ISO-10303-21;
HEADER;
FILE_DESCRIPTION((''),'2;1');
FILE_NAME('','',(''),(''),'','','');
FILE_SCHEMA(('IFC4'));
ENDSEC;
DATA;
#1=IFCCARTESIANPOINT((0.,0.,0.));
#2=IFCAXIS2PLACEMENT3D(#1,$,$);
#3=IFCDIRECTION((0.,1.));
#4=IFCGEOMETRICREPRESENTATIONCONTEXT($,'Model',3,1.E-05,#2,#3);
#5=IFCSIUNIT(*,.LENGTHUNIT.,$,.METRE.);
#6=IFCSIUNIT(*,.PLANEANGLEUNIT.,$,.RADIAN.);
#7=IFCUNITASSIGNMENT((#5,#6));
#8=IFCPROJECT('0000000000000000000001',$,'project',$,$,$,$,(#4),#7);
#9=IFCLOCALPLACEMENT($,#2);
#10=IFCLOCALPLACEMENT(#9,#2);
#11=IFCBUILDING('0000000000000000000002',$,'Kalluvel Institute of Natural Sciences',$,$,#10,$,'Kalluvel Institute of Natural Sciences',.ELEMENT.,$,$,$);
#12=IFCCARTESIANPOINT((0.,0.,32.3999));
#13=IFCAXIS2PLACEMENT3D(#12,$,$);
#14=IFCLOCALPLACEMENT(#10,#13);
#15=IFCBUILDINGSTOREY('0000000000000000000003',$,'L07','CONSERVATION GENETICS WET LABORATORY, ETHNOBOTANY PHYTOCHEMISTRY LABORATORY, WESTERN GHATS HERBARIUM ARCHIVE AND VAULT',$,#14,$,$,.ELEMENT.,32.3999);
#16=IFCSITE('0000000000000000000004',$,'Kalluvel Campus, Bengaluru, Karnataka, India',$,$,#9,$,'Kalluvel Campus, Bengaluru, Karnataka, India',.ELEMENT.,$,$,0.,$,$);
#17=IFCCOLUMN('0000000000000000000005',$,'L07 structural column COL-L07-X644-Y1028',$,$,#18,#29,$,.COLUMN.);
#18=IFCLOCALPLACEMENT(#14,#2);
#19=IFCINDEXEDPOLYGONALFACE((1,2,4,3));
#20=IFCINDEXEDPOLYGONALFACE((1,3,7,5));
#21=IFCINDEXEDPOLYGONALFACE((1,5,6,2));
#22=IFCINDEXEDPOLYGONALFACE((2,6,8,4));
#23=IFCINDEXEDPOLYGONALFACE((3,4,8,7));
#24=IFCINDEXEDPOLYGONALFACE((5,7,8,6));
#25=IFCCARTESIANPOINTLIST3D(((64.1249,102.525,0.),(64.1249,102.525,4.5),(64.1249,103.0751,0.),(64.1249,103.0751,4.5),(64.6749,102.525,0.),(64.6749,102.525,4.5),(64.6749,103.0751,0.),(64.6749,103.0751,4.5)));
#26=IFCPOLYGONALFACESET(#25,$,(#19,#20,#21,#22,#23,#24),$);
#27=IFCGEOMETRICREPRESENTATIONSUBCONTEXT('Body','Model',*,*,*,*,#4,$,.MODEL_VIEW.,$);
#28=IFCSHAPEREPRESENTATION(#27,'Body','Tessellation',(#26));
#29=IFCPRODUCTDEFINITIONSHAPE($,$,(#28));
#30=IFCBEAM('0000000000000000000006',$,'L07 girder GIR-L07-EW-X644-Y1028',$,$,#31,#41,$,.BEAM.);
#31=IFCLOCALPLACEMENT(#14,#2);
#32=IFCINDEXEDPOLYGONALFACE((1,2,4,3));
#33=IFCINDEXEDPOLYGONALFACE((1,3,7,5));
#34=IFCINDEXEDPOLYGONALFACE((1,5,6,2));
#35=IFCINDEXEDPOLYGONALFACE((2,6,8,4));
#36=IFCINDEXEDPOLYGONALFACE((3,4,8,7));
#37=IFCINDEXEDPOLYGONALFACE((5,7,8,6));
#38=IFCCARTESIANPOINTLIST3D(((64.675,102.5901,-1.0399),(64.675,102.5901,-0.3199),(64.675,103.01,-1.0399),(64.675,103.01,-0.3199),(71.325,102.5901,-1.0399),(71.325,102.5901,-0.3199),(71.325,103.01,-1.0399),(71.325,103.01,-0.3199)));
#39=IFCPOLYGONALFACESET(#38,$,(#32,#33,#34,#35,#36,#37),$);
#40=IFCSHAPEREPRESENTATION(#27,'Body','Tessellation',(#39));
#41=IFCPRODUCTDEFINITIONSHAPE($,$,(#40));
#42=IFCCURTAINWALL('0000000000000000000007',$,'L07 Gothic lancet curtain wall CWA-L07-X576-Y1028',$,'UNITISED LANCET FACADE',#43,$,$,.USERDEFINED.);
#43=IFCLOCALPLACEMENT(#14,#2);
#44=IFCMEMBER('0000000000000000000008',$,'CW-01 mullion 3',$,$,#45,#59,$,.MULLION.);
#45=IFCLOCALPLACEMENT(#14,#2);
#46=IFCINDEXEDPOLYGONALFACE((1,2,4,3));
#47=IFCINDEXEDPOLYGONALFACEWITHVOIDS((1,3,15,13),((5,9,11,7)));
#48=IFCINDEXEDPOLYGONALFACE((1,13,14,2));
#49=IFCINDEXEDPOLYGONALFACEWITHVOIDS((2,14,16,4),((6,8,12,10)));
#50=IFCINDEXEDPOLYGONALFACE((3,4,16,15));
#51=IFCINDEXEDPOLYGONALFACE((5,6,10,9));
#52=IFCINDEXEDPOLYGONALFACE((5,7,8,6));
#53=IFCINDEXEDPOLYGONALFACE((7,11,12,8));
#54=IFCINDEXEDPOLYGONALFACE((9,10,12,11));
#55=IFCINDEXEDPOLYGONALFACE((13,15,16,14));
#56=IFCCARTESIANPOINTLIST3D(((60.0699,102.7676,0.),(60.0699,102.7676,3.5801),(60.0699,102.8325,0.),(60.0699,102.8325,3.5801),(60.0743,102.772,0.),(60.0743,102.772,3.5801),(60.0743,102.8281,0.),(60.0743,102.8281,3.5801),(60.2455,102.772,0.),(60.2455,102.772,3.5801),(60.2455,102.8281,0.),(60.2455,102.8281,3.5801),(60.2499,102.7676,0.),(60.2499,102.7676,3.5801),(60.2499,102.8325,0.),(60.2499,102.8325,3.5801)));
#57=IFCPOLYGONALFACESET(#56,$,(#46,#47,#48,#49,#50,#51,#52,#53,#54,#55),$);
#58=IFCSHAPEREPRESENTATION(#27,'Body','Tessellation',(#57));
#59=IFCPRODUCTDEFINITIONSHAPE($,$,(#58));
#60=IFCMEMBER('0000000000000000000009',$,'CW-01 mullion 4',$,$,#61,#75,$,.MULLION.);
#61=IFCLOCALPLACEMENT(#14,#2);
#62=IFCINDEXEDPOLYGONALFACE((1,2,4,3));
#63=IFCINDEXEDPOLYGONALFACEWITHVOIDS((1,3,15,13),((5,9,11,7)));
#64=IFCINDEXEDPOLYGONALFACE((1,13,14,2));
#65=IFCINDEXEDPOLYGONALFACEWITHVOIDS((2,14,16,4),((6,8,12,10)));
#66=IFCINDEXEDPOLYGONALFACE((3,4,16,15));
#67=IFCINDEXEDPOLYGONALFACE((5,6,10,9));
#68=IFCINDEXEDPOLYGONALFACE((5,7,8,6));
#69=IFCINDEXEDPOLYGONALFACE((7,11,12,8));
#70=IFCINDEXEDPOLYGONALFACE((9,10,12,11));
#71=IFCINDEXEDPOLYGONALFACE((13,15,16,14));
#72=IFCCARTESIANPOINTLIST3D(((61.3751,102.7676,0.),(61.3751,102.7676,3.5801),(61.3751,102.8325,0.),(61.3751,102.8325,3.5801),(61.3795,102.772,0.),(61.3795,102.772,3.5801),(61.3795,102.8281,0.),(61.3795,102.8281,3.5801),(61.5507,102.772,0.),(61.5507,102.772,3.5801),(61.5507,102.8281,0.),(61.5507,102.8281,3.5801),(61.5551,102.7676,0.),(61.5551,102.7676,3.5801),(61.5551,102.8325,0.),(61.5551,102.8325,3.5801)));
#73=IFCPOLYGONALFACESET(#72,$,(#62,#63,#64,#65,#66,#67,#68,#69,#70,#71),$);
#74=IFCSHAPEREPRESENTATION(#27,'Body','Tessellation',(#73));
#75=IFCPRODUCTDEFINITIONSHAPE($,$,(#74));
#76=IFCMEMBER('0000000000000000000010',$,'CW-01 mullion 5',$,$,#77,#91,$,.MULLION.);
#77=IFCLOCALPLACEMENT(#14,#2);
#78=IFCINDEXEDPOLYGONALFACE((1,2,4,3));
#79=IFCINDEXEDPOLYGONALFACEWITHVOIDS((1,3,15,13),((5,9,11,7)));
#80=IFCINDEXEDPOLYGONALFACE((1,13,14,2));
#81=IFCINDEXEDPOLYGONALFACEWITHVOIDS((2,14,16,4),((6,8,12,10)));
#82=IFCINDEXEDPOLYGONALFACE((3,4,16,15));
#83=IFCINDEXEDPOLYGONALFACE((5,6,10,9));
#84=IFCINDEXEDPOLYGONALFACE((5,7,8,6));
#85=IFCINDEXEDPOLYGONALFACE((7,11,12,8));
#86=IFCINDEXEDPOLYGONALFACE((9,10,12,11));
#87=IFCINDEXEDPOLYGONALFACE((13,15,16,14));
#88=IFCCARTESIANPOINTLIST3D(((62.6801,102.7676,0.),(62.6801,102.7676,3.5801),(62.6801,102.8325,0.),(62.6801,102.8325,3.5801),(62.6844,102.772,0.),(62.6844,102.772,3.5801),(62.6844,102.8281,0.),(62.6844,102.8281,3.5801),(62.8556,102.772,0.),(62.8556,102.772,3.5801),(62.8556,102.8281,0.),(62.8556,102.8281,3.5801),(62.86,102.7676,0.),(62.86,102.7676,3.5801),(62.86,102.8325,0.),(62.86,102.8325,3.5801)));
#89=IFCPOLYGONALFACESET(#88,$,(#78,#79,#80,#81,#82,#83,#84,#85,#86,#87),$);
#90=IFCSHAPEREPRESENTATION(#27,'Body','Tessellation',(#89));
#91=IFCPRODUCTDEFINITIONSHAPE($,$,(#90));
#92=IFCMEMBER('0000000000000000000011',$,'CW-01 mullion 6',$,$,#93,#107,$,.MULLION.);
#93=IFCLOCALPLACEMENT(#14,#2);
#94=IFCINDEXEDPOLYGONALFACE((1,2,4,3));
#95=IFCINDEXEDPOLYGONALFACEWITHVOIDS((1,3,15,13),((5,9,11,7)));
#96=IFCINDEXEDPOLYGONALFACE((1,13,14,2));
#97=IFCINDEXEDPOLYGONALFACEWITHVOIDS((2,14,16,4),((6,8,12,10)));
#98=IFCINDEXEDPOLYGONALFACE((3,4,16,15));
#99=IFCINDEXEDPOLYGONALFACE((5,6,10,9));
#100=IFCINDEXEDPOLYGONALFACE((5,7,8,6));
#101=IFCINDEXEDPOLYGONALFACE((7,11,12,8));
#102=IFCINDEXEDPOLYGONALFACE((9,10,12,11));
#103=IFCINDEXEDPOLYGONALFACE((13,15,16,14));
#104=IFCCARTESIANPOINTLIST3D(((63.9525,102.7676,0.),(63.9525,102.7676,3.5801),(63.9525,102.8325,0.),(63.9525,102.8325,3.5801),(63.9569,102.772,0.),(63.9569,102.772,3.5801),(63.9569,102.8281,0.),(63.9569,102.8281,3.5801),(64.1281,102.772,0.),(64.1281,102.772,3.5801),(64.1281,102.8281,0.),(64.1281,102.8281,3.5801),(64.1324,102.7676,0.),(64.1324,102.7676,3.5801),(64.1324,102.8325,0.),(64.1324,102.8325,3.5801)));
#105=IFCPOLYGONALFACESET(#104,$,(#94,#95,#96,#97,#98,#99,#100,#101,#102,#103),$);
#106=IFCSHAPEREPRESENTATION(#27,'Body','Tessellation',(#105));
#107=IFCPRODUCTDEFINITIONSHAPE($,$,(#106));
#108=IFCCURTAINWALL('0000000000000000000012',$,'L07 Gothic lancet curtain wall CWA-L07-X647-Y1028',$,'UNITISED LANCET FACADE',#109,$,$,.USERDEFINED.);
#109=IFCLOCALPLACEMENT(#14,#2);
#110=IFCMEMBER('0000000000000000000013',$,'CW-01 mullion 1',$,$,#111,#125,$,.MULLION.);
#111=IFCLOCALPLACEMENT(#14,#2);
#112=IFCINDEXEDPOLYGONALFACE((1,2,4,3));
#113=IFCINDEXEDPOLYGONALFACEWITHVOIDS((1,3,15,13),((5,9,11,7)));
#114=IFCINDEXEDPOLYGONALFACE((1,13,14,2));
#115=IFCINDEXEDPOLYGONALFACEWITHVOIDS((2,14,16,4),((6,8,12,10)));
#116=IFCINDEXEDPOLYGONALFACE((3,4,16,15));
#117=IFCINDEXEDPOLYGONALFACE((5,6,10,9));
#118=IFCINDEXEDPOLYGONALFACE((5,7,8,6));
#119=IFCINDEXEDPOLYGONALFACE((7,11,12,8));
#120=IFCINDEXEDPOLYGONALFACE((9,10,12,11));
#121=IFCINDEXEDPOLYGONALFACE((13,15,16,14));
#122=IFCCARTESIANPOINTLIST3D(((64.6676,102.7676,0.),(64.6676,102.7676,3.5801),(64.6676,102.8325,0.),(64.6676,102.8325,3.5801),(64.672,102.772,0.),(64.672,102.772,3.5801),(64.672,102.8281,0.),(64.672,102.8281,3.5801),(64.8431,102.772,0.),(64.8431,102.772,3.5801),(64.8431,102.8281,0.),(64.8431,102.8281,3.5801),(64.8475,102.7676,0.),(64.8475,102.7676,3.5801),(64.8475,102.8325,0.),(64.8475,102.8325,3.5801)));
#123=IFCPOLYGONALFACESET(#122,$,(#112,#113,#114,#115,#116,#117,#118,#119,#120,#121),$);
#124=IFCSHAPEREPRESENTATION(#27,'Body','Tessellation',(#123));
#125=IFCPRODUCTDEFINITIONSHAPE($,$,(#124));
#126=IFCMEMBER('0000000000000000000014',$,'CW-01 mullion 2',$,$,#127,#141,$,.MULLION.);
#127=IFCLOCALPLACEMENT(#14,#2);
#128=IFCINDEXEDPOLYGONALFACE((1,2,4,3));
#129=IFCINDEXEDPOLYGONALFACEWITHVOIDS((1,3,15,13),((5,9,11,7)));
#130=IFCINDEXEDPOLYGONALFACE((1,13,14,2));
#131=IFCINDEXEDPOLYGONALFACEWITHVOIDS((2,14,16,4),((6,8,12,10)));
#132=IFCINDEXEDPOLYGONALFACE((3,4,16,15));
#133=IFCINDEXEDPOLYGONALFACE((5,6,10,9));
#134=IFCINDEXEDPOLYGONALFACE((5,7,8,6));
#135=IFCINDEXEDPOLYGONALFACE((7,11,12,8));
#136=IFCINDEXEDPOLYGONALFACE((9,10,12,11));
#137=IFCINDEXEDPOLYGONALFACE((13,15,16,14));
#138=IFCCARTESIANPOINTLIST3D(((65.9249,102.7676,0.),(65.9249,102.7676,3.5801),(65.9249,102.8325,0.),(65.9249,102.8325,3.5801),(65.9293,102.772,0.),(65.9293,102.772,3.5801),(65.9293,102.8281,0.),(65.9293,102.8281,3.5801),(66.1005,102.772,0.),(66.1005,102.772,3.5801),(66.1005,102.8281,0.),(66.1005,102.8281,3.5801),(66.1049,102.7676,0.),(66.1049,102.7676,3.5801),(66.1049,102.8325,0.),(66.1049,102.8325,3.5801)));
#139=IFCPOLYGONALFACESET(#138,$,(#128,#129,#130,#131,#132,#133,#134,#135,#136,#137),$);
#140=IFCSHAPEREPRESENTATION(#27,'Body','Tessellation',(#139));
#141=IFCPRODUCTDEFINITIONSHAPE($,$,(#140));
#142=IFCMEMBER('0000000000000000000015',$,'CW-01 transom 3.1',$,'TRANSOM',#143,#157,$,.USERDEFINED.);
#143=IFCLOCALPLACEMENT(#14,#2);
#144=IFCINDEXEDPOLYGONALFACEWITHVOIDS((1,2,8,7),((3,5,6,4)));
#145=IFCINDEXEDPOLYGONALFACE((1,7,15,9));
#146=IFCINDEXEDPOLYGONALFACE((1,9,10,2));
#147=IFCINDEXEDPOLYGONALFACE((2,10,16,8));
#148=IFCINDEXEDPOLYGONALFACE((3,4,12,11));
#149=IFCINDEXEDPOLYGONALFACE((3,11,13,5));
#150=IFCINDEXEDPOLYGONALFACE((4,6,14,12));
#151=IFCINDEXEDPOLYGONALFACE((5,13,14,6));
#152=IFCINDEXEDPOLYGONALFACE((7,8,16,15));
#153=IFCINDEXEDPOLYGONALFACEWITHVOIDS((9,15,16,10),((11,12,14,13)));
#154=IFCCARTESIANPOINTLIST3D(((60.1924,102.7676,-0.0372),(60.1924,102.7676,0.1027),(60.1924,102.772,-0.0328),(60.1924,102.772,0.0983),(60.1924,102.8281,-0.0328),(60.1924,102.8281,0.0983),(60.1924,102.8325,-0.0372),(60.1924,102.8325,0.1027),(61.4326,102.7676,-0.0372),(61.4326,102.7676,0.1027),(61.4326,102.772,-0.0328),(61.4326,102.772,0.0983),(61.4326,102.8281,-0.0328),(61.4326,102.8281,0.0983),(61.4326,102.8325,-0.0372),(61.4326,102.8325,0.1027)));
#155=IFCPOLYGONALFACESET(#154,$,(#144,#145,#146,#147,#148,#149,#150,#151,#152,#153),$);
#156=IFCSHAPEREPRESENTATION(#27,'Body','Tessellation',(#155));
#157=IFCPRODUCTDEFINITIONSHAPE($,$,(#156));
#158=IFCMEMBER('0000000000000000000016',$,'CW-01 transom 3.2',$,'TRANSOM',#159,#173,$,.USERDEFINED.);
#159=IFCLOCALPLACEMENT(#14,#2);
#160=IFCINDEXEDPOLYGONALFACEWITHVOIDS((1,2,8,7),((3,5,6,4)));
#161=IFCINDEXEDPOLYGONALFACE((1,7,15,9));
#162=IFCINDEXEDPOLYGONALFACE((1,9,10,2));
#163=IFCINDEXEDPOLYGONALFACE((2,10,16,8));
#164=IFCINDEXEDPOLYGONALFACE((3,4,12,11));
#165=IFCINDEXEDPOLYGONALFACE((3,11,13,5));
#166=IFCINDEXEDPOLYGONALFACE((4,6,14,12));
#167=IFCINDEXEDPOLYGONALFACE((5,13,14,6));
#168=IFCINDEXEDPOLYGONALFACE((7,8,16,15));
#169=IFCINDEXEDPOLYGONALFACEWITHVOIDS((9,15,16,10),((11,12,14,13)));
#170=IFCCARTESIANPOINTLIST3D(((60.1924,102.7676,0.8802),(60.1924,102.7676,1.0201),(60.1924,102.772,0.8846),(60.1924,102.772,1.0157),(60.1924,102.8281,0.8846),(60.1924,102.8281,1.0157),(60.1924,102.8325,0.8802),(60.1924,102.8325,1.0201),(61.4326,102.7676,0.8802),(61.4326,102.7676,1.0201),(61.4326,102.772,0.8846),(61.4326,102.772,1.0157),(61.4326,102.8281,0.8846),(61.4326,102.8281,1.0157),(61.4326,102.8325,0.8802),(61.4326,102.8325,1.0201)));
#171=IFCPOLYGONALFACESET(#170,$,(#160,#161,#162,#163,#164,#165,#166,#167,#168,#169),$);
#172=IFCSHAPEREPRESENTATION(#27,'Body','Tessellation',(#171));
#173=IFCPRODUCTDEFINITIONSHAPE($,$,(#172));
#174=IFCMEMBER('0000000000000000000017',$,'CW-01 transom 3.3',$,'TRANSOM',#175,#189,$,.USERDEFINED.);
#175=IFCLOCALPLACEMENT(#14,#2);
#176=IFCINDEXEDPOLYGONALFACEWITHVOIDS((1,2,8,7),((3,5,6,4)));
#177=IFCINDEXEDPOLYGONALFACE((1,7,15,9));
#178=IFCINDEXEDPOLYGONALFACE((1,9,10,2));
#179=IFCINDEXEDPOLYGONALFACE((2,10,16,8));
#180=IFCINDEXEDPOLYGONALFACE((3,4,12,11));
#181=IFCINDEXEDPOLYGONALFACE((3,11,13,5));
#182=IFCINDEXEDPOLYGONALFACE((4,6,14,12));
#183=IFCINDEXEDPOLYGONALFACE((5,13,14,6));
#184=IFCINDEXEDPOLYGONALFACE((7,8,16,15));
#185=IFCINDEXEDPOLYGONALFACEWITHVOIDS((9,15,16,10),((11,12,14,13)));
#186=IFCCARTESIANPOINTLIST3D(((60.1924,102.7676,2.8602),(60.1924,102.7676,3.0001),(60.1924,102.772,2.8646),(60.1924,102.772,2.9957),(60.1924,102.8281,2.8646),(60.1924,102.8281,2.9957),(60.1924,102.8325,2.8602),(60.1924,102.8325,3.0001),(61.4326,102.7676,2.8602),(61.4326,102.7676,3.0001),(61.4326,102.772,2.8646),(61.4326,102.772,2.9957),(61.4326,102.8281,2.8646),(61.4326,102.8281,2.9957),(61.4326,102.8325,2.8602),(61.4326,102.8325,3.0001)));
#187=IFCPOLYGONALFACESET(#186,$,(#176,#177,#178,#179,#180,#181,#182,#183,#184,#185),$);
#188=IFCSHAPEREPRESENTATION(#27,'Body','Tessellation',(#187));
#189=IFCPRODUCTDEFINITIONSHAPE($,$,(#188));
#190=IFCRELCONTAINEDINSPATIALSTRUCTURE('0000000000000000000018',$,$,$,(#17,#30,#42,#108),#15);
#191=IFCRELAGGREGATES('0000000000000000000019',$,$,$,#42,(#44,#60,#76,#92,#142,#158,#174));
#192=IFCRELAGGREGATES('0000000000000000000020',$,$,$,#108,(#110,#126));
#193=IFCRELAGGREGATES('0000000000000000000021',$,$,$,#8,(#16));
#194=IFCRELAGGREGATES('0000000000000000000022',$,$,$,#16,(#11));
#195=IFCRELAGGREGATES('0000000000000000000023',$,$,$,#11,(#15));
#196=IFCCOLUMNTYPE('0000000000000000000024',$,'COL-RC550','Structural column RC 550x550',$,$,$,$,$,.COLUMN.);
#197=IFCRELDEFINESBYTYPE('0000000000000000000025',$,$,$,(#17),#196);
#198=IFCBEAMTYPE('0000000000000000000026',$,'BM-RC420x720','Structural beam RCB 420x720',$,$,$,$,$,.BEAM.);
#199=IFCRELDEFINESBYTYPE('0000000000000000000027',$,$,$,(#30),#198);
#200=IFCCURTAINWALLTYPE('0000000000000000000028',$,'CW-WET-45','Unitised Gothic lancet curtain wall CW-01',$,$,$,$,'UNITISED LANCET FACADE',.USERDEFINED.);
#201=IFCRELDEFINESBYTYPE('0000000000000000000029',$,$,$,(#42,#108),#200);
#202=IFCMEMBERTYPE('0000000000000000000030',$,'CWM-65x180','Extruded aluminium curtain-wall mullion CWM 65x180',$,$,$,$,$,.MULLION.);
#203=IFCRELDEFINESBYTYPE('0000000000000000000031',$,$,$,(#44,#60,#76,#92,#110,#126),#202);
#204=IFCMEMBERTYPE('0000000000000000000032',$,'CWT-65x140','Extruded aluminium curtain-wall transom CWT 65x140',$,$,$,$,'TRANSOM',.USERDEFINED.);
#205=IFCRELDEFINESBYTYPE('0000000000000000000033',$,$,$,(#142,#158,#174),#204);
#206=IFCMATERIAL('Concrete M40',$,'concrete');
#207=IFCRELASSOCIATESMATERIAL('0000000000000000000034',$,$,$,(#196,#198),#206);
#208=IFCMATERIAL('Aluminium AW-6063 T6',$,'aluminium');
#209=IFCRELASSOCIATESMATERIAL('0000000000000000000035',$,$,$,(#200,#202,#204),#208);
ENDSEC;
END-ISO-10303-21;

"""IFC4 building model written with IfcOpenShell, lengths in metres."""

from ifc_helpers import new_model, si_unit, direction, frame, origin, origin_2d, place, context, subcontext, project, spatial, rectangle, hollow_rectangle, extrude, material, material_profile, profile_set, type_object, element, aggregate, save


model = new_model("IFC4")

# Units and contexts
model_context = context("Model", 3, precision=1e-05, world=origin(), true_north=direction((0.0, 1.0)))
body_context = subcontext(model_context, "Body", "Model", "MODEL_VIEW")
ifc_project = project(units=[si_unit("LENGTHUNIT", "METRE"), si_unit("PLANEANGLEUNIT", "RADIAN")], contexts=[model_context])

# Site, building, storey
site_placement = place(None, origin())
site = spatial("IfcSite", under=ifc_project, at=site_placement, Name="Kalluvel Campus, Bengaluru, Karnataka, India", LongName="Kalluvel Campus, Bengaluru, Karnataka, India", CompositionType="ELEMENT", RefElevation=0.0)
building_placement = place(site_placement, origin())
building = spatial("IfcBuilding", under=site, at=building_placement, Name="Kalluvel Institute of Natural Sciences", LongName="Kalluvel Institute of Natural Sciences", CompositionType="ELEMENT")
storey_placement = place(building_placement, frame((0.0, 0.0, 32.3999)))
storey = spatial("IfcBuildingStorey", under=building, at=storey_placement, Name="L07", Description="CONSERVATION GENETICS WET LABORATORY, ETHNOBOTANY PHYTOCHEMISTRY LABORATORY, WESTERN GHATS HERBARIUM ARCHIVE AND VAULT", CompositionType="ELEMENT", Elevation=32.3999)

# Column
ifc_material_1 = material(Name="Concrete M40", Category="concrete")
ifc_material_profile_1 = material_profile(ifc_material_1, rectangle(XDim=0.55, YDim=0.55, at=origin_2d()), Name="RC 550x550")
ifc_profile_set_1 = profile_set([ifc_material_profile_1], Name="Concrete M40")
column_type = type_object("IfcColumnType", Name="COL-RC550", Description="Structural column RC 550x550", PredefinedType="COLUMN", material=ifc_profile_set_1)
column_placement = place(storey_placement, frame((64.3999, 102.8, 0.0), z_axis=(0.0, 0.0, 1.0), x_axis=(1.0, 0.0, 0.0)))
element("IfcColumn", 1, at=column_placement, inside=storey, type_object=column_type, Name="L07 structural column COL-L07-X644-Y1028", PredefinedType="COLUMN", context=body_context, shape_type="SweptSolid", body=[
    extrude(rectangle(XDim=0.55, YDim=0.55, at=origin_2d()), origin(), (0.0, 0.0, 1.0), 4.5),
])

# Beam
ifc_material_profile_2 = material_profile(ifc_material_1, rectangle(XDim=0.4199, YDim=0.72, at=origin_2d()), Name="RCB 420x720")
ifc_profile_set_2 = profile_set([ifc_material_profile_2], Name="Concrete M40")
beam_type = type_object("IfcBeamType", Name="BM-RC420x720", Description="Structural beam RCB 420x720", PredefinedType="BEAM", material=ifc_profile_set_2)
beam_placement = place(storey_placement, frame((64.675, 102.8, -0.6799), z_axis=(1.0, 0.0, 0.0), x_axis=(0.0, 1.0, 0.0)))
element("IfcBeam", 2, at=beam_placement, inside=storey, type_object=beam_type, Name="L07 girder GIR-L07-EW-X644-Y1028", PredefinedType="BEAM", context=body_context, shape_type="SweptSolid", body=[
    extrude(rectangle(XDim=0.4199, YDim=0.72, at=origin_2d()), origin(), (0.0, 0.0, 1.0), 6.6499),
])

# Curtain walls, members
ifc_material_2 = material(Name="Aluminium AW-6063 T6", Category="aluminium")
curtain_wall_type = type_object("IfcCurtainWallType", Name="CW-WET-45", Description="Unitised Gothic lancet curtain wall CW-01", ElementType="UNITISED LANCET FACADE", PredefinedType="USERDEFINED", material=ifc_material_2)
curtain_wall_1_placement = place(storey_placement, origin())
curtain_wall_1 = element("IfcCurtainWall", 3, at=curtain_wall_1_placement, inside=storey, type_object=curtain_wall_type, Name="L07 Gothic lancet curtain wall CWA-L07-X576-Y1028", ObjectType="UNITISED LANCET FACADE", PredefinedType="USERDEFINED")
ifc_material_profile_3 = material_profile(ifc_material_2, hollow_rectangle(XDim=0.0649, YDim=0.1799, WallThickness=0.0044, at=origin_2d()), Name="CWM 65x180")
ifc_profile_set_3 = profile_set([ifc_material_profile_3], Name="Aluminium AW-6063 T6")
member_type_1 = type_object("IfcMemberType", Name="CWM-65x180", Description="Extruded aluminium curtain-wall mullion CWM 65x180", PredefinedType="MULLION", material=ifc_profile_set_3)
member_1_placement = place(storey_placement, frame((60.1599, 102.8, 0.0), z_axis=(0.0, 0.0, 1.0), x_axis=(0.0, 1.0, 0.0)))
member_1 = element("IfcMember", 4, at=member_1_placement, type_object=member_type_1, Name="CW-01 mullion 3", PredefinedType="MULLION", context=body_context, shape_type="SweptSolid", body=[
    extrude(hollow_rectangle(XDim=0.0649, YDim=0.1799, WallThickness=0.0044, at=origin_2d()), origin(), (0.0, 0.0, 1.0), 3.5801),
])
member_2_placement = place(storey_placement, frame((61.4651, 102.8, 0.0), z_axis=(0.0, 0.0, 1.0), x_axis=(0.0, 1.0, 0.0)))
member_2 = element("IfcMember", 5, at=member_2_placement, type_object=member_type_1, Name="CW-01 mullion 4", PredefinedType="MULLION", context=body_context, shape_type="SweptSolid", body=[
    extrude(hollow_rectangle(XDim=0.0649, YDim=0.1799, WallThickness=0.0044, at=origin_2d()), origin(), (0.0, 0.0, 1.0), 3.5801),
])
member_3_placement = place(storey_placement, frame((62.77, 102.8, 0.0), z_axis=(0.0, 0.0, 1.0), x_axis=(0.0, 1.0, 0.0)))
member_3 = element("IfcMember", 6, at=member_3_placement, type_object=member_type_1, Name="CW-01 mullion 5", PredefinedType="MULLION", context=body_context, shape_type="SweptSolid", body=[
    extrude(hollow_rectangle(XDim=0.0649, YDim=0.1799, WallThickness=0.0044, at=origin_2d()), origin(), (0.0, 0.0, 1.0), 3.5801),
])
member_4_placement = place(storey_placement, frame((64.0425, 102.8, 0.0), z_axis=(0.0, 0.0, 1.0), x_axis=(0.0, 1.0, 0.0)))
member_4 = element("IfcMember", 7, at=member_4_placement, type_object=member_type_1, Name="CW-01 mullion 6", PredefinedType="MULLION", context=body_context, shape_type="SweptSolid", body=[
    extrude(hollow_rectangle(XDim=0.0649, YDim=0.1799, WallThickness=0.0044, at=origin_2d()), origin(), (0.0, 0.0, 1.0), 3.5801),
])
curtain_wall_2_placement = place(storey_placement, origin())
curtain_wall_2 = element("IfcCurtainWall", 8, at=curtain_wall_2_placement, inside=storey, type_object=curtain_wall_type, Name="L07 Gothic lancet curtain wall CWA-L07-X647-Y1028", ObjectType="UNITISED LANCET FACADE", PredefinedType="USERDEFINED")
member_5_placement = place(storey_placement, frame((64.7576, 102.8, 0.0), z_axis=(0.0, 0.0, 1.0), x_axis=(0.0, 1.0, 0.0)))
member_5 = element("IfcMember", 9, at=member_5_placement, type_object=member_type_1, Name="CW-01 mullion 1", PredefinedType="MULLION", context=body_context, shape_type="SweptSolid", body=[
    extrude(hollow_rectangle(XDim=0.0649, YDim=0.1799, WallThickness=0.0044, at=origin_2d()), origin(), (0.0, 0.0, 1.0), 3.5801),
])
member_6_placement = place(storey_placement, frame((66.0149, 102.8, 0.0), z_axis=(0.0, 0.0, 1.0), x_axis=(0.0, 1.0, 0.0)))
member_6 = element("IfcMember", 10, at=member_6_placement, type_object=member_type_1, Name="CW-01 mullion 2", PredefinedType="MULLION", context=body_context, shape_type="SweptSolid", body=[
    extrude(hollow_rectangle(XDim=0.0649, YDim=0.1799, WallThickness=0.0044, at=origin_2d()), origin(), (0.0, 0.0, 1.0), 3.5801),
])

# Members
ifc_material_profile_4 = material_profile(ifc_material_2, hollow_rectangle(XDim=0.0649, YDim=0.1399, WallThickness=0.0044, at=origin_2d()), Name="CWT 65x140")
ifc_profile_set_4 = profile_set([ifc_material_profile_4], Name="Aluminium AW-6063 T6")
member_type_2 = type_object("IfcMemberType", Name="CWT-65x140", Description="Extruded aluminium curtain-wall transom CWT 65x140", ElementType="TRANSOM", PredefinedType="USERDEFINED", material=ifc_profile_set_4)
member_7_placement = place(storey_placement, frame((60.1924, 102.8, 0.0327), z_axis=(1.0, 0.0, 0.0), x_axis=(0.0, 1.0, 0.0)))
member_7 = element("IfcMember", 11, at=member_7_placement, type_object=member_type_2, Name="CW-01 transom 3.1", ObjectType="TRANSOM", PredefinedType="USERDEFINED", context=body_context, shape_type="SweptSolid", body=[
    extrude(hollow_rectangle(XDim=0.0649, YDim=0.1399, WallThickness=0.0044, at=origin_2d()), origin(), (0.0, 0.0, 1.0), 1.2402),
])
member_8_placement = place(storey_placement, frame((60.1924, 102.8, 0.9502), z_axis=(1.0, 0.0, 0.0), x_axis=(0.0, 1.0, 0.0)))
member_8 = element("IfcMember", 12, at=member_8_placement, type_object=member_type_2, Name="CW-01 transom 3.2", ObjectType="TRANSOM", PredefinedType="USERDEFINED", context=body_context, shape_type="SweptSolid", body=[
    extrude(hollow_rectangle(XDim=0.0649, YDim=0.1399, WallThickness=0.0044, at=origin_2d()), origin(), (0.0, 0.0, 1.0), 1.2402),
])
member_9_placement = place(storey_placement, frame((60.1924, 102.8, 2.9302), z_axis=(1.0, 0.0, 0.0), x_axis=(0.0, 1.0, 0.0)))
member_9 = element("IfcMember", 13, at=member_9_placement, type_object=member_type_2, Name="CW-01 transom 3.3", ObjectType="TRANSOM", PredefinedType="USERDEFINED", context=body_context, shape_type="SweptSolid", body=[
    extrude(hollow_rectangle(XDim=0.0649, YDim=0.1399, WallThickness=0.0044, at=origin_2d()), origin(), (0.0, 0.0, 1.0), 1.2402),
])

aggregate(curtain_wall_1, [member_1, member_2, member_3, member_4, member_7, member_8, member_9])
aggregate(curtain_wall_2, [member_5, member_6])

save(model, "model.ifc")
